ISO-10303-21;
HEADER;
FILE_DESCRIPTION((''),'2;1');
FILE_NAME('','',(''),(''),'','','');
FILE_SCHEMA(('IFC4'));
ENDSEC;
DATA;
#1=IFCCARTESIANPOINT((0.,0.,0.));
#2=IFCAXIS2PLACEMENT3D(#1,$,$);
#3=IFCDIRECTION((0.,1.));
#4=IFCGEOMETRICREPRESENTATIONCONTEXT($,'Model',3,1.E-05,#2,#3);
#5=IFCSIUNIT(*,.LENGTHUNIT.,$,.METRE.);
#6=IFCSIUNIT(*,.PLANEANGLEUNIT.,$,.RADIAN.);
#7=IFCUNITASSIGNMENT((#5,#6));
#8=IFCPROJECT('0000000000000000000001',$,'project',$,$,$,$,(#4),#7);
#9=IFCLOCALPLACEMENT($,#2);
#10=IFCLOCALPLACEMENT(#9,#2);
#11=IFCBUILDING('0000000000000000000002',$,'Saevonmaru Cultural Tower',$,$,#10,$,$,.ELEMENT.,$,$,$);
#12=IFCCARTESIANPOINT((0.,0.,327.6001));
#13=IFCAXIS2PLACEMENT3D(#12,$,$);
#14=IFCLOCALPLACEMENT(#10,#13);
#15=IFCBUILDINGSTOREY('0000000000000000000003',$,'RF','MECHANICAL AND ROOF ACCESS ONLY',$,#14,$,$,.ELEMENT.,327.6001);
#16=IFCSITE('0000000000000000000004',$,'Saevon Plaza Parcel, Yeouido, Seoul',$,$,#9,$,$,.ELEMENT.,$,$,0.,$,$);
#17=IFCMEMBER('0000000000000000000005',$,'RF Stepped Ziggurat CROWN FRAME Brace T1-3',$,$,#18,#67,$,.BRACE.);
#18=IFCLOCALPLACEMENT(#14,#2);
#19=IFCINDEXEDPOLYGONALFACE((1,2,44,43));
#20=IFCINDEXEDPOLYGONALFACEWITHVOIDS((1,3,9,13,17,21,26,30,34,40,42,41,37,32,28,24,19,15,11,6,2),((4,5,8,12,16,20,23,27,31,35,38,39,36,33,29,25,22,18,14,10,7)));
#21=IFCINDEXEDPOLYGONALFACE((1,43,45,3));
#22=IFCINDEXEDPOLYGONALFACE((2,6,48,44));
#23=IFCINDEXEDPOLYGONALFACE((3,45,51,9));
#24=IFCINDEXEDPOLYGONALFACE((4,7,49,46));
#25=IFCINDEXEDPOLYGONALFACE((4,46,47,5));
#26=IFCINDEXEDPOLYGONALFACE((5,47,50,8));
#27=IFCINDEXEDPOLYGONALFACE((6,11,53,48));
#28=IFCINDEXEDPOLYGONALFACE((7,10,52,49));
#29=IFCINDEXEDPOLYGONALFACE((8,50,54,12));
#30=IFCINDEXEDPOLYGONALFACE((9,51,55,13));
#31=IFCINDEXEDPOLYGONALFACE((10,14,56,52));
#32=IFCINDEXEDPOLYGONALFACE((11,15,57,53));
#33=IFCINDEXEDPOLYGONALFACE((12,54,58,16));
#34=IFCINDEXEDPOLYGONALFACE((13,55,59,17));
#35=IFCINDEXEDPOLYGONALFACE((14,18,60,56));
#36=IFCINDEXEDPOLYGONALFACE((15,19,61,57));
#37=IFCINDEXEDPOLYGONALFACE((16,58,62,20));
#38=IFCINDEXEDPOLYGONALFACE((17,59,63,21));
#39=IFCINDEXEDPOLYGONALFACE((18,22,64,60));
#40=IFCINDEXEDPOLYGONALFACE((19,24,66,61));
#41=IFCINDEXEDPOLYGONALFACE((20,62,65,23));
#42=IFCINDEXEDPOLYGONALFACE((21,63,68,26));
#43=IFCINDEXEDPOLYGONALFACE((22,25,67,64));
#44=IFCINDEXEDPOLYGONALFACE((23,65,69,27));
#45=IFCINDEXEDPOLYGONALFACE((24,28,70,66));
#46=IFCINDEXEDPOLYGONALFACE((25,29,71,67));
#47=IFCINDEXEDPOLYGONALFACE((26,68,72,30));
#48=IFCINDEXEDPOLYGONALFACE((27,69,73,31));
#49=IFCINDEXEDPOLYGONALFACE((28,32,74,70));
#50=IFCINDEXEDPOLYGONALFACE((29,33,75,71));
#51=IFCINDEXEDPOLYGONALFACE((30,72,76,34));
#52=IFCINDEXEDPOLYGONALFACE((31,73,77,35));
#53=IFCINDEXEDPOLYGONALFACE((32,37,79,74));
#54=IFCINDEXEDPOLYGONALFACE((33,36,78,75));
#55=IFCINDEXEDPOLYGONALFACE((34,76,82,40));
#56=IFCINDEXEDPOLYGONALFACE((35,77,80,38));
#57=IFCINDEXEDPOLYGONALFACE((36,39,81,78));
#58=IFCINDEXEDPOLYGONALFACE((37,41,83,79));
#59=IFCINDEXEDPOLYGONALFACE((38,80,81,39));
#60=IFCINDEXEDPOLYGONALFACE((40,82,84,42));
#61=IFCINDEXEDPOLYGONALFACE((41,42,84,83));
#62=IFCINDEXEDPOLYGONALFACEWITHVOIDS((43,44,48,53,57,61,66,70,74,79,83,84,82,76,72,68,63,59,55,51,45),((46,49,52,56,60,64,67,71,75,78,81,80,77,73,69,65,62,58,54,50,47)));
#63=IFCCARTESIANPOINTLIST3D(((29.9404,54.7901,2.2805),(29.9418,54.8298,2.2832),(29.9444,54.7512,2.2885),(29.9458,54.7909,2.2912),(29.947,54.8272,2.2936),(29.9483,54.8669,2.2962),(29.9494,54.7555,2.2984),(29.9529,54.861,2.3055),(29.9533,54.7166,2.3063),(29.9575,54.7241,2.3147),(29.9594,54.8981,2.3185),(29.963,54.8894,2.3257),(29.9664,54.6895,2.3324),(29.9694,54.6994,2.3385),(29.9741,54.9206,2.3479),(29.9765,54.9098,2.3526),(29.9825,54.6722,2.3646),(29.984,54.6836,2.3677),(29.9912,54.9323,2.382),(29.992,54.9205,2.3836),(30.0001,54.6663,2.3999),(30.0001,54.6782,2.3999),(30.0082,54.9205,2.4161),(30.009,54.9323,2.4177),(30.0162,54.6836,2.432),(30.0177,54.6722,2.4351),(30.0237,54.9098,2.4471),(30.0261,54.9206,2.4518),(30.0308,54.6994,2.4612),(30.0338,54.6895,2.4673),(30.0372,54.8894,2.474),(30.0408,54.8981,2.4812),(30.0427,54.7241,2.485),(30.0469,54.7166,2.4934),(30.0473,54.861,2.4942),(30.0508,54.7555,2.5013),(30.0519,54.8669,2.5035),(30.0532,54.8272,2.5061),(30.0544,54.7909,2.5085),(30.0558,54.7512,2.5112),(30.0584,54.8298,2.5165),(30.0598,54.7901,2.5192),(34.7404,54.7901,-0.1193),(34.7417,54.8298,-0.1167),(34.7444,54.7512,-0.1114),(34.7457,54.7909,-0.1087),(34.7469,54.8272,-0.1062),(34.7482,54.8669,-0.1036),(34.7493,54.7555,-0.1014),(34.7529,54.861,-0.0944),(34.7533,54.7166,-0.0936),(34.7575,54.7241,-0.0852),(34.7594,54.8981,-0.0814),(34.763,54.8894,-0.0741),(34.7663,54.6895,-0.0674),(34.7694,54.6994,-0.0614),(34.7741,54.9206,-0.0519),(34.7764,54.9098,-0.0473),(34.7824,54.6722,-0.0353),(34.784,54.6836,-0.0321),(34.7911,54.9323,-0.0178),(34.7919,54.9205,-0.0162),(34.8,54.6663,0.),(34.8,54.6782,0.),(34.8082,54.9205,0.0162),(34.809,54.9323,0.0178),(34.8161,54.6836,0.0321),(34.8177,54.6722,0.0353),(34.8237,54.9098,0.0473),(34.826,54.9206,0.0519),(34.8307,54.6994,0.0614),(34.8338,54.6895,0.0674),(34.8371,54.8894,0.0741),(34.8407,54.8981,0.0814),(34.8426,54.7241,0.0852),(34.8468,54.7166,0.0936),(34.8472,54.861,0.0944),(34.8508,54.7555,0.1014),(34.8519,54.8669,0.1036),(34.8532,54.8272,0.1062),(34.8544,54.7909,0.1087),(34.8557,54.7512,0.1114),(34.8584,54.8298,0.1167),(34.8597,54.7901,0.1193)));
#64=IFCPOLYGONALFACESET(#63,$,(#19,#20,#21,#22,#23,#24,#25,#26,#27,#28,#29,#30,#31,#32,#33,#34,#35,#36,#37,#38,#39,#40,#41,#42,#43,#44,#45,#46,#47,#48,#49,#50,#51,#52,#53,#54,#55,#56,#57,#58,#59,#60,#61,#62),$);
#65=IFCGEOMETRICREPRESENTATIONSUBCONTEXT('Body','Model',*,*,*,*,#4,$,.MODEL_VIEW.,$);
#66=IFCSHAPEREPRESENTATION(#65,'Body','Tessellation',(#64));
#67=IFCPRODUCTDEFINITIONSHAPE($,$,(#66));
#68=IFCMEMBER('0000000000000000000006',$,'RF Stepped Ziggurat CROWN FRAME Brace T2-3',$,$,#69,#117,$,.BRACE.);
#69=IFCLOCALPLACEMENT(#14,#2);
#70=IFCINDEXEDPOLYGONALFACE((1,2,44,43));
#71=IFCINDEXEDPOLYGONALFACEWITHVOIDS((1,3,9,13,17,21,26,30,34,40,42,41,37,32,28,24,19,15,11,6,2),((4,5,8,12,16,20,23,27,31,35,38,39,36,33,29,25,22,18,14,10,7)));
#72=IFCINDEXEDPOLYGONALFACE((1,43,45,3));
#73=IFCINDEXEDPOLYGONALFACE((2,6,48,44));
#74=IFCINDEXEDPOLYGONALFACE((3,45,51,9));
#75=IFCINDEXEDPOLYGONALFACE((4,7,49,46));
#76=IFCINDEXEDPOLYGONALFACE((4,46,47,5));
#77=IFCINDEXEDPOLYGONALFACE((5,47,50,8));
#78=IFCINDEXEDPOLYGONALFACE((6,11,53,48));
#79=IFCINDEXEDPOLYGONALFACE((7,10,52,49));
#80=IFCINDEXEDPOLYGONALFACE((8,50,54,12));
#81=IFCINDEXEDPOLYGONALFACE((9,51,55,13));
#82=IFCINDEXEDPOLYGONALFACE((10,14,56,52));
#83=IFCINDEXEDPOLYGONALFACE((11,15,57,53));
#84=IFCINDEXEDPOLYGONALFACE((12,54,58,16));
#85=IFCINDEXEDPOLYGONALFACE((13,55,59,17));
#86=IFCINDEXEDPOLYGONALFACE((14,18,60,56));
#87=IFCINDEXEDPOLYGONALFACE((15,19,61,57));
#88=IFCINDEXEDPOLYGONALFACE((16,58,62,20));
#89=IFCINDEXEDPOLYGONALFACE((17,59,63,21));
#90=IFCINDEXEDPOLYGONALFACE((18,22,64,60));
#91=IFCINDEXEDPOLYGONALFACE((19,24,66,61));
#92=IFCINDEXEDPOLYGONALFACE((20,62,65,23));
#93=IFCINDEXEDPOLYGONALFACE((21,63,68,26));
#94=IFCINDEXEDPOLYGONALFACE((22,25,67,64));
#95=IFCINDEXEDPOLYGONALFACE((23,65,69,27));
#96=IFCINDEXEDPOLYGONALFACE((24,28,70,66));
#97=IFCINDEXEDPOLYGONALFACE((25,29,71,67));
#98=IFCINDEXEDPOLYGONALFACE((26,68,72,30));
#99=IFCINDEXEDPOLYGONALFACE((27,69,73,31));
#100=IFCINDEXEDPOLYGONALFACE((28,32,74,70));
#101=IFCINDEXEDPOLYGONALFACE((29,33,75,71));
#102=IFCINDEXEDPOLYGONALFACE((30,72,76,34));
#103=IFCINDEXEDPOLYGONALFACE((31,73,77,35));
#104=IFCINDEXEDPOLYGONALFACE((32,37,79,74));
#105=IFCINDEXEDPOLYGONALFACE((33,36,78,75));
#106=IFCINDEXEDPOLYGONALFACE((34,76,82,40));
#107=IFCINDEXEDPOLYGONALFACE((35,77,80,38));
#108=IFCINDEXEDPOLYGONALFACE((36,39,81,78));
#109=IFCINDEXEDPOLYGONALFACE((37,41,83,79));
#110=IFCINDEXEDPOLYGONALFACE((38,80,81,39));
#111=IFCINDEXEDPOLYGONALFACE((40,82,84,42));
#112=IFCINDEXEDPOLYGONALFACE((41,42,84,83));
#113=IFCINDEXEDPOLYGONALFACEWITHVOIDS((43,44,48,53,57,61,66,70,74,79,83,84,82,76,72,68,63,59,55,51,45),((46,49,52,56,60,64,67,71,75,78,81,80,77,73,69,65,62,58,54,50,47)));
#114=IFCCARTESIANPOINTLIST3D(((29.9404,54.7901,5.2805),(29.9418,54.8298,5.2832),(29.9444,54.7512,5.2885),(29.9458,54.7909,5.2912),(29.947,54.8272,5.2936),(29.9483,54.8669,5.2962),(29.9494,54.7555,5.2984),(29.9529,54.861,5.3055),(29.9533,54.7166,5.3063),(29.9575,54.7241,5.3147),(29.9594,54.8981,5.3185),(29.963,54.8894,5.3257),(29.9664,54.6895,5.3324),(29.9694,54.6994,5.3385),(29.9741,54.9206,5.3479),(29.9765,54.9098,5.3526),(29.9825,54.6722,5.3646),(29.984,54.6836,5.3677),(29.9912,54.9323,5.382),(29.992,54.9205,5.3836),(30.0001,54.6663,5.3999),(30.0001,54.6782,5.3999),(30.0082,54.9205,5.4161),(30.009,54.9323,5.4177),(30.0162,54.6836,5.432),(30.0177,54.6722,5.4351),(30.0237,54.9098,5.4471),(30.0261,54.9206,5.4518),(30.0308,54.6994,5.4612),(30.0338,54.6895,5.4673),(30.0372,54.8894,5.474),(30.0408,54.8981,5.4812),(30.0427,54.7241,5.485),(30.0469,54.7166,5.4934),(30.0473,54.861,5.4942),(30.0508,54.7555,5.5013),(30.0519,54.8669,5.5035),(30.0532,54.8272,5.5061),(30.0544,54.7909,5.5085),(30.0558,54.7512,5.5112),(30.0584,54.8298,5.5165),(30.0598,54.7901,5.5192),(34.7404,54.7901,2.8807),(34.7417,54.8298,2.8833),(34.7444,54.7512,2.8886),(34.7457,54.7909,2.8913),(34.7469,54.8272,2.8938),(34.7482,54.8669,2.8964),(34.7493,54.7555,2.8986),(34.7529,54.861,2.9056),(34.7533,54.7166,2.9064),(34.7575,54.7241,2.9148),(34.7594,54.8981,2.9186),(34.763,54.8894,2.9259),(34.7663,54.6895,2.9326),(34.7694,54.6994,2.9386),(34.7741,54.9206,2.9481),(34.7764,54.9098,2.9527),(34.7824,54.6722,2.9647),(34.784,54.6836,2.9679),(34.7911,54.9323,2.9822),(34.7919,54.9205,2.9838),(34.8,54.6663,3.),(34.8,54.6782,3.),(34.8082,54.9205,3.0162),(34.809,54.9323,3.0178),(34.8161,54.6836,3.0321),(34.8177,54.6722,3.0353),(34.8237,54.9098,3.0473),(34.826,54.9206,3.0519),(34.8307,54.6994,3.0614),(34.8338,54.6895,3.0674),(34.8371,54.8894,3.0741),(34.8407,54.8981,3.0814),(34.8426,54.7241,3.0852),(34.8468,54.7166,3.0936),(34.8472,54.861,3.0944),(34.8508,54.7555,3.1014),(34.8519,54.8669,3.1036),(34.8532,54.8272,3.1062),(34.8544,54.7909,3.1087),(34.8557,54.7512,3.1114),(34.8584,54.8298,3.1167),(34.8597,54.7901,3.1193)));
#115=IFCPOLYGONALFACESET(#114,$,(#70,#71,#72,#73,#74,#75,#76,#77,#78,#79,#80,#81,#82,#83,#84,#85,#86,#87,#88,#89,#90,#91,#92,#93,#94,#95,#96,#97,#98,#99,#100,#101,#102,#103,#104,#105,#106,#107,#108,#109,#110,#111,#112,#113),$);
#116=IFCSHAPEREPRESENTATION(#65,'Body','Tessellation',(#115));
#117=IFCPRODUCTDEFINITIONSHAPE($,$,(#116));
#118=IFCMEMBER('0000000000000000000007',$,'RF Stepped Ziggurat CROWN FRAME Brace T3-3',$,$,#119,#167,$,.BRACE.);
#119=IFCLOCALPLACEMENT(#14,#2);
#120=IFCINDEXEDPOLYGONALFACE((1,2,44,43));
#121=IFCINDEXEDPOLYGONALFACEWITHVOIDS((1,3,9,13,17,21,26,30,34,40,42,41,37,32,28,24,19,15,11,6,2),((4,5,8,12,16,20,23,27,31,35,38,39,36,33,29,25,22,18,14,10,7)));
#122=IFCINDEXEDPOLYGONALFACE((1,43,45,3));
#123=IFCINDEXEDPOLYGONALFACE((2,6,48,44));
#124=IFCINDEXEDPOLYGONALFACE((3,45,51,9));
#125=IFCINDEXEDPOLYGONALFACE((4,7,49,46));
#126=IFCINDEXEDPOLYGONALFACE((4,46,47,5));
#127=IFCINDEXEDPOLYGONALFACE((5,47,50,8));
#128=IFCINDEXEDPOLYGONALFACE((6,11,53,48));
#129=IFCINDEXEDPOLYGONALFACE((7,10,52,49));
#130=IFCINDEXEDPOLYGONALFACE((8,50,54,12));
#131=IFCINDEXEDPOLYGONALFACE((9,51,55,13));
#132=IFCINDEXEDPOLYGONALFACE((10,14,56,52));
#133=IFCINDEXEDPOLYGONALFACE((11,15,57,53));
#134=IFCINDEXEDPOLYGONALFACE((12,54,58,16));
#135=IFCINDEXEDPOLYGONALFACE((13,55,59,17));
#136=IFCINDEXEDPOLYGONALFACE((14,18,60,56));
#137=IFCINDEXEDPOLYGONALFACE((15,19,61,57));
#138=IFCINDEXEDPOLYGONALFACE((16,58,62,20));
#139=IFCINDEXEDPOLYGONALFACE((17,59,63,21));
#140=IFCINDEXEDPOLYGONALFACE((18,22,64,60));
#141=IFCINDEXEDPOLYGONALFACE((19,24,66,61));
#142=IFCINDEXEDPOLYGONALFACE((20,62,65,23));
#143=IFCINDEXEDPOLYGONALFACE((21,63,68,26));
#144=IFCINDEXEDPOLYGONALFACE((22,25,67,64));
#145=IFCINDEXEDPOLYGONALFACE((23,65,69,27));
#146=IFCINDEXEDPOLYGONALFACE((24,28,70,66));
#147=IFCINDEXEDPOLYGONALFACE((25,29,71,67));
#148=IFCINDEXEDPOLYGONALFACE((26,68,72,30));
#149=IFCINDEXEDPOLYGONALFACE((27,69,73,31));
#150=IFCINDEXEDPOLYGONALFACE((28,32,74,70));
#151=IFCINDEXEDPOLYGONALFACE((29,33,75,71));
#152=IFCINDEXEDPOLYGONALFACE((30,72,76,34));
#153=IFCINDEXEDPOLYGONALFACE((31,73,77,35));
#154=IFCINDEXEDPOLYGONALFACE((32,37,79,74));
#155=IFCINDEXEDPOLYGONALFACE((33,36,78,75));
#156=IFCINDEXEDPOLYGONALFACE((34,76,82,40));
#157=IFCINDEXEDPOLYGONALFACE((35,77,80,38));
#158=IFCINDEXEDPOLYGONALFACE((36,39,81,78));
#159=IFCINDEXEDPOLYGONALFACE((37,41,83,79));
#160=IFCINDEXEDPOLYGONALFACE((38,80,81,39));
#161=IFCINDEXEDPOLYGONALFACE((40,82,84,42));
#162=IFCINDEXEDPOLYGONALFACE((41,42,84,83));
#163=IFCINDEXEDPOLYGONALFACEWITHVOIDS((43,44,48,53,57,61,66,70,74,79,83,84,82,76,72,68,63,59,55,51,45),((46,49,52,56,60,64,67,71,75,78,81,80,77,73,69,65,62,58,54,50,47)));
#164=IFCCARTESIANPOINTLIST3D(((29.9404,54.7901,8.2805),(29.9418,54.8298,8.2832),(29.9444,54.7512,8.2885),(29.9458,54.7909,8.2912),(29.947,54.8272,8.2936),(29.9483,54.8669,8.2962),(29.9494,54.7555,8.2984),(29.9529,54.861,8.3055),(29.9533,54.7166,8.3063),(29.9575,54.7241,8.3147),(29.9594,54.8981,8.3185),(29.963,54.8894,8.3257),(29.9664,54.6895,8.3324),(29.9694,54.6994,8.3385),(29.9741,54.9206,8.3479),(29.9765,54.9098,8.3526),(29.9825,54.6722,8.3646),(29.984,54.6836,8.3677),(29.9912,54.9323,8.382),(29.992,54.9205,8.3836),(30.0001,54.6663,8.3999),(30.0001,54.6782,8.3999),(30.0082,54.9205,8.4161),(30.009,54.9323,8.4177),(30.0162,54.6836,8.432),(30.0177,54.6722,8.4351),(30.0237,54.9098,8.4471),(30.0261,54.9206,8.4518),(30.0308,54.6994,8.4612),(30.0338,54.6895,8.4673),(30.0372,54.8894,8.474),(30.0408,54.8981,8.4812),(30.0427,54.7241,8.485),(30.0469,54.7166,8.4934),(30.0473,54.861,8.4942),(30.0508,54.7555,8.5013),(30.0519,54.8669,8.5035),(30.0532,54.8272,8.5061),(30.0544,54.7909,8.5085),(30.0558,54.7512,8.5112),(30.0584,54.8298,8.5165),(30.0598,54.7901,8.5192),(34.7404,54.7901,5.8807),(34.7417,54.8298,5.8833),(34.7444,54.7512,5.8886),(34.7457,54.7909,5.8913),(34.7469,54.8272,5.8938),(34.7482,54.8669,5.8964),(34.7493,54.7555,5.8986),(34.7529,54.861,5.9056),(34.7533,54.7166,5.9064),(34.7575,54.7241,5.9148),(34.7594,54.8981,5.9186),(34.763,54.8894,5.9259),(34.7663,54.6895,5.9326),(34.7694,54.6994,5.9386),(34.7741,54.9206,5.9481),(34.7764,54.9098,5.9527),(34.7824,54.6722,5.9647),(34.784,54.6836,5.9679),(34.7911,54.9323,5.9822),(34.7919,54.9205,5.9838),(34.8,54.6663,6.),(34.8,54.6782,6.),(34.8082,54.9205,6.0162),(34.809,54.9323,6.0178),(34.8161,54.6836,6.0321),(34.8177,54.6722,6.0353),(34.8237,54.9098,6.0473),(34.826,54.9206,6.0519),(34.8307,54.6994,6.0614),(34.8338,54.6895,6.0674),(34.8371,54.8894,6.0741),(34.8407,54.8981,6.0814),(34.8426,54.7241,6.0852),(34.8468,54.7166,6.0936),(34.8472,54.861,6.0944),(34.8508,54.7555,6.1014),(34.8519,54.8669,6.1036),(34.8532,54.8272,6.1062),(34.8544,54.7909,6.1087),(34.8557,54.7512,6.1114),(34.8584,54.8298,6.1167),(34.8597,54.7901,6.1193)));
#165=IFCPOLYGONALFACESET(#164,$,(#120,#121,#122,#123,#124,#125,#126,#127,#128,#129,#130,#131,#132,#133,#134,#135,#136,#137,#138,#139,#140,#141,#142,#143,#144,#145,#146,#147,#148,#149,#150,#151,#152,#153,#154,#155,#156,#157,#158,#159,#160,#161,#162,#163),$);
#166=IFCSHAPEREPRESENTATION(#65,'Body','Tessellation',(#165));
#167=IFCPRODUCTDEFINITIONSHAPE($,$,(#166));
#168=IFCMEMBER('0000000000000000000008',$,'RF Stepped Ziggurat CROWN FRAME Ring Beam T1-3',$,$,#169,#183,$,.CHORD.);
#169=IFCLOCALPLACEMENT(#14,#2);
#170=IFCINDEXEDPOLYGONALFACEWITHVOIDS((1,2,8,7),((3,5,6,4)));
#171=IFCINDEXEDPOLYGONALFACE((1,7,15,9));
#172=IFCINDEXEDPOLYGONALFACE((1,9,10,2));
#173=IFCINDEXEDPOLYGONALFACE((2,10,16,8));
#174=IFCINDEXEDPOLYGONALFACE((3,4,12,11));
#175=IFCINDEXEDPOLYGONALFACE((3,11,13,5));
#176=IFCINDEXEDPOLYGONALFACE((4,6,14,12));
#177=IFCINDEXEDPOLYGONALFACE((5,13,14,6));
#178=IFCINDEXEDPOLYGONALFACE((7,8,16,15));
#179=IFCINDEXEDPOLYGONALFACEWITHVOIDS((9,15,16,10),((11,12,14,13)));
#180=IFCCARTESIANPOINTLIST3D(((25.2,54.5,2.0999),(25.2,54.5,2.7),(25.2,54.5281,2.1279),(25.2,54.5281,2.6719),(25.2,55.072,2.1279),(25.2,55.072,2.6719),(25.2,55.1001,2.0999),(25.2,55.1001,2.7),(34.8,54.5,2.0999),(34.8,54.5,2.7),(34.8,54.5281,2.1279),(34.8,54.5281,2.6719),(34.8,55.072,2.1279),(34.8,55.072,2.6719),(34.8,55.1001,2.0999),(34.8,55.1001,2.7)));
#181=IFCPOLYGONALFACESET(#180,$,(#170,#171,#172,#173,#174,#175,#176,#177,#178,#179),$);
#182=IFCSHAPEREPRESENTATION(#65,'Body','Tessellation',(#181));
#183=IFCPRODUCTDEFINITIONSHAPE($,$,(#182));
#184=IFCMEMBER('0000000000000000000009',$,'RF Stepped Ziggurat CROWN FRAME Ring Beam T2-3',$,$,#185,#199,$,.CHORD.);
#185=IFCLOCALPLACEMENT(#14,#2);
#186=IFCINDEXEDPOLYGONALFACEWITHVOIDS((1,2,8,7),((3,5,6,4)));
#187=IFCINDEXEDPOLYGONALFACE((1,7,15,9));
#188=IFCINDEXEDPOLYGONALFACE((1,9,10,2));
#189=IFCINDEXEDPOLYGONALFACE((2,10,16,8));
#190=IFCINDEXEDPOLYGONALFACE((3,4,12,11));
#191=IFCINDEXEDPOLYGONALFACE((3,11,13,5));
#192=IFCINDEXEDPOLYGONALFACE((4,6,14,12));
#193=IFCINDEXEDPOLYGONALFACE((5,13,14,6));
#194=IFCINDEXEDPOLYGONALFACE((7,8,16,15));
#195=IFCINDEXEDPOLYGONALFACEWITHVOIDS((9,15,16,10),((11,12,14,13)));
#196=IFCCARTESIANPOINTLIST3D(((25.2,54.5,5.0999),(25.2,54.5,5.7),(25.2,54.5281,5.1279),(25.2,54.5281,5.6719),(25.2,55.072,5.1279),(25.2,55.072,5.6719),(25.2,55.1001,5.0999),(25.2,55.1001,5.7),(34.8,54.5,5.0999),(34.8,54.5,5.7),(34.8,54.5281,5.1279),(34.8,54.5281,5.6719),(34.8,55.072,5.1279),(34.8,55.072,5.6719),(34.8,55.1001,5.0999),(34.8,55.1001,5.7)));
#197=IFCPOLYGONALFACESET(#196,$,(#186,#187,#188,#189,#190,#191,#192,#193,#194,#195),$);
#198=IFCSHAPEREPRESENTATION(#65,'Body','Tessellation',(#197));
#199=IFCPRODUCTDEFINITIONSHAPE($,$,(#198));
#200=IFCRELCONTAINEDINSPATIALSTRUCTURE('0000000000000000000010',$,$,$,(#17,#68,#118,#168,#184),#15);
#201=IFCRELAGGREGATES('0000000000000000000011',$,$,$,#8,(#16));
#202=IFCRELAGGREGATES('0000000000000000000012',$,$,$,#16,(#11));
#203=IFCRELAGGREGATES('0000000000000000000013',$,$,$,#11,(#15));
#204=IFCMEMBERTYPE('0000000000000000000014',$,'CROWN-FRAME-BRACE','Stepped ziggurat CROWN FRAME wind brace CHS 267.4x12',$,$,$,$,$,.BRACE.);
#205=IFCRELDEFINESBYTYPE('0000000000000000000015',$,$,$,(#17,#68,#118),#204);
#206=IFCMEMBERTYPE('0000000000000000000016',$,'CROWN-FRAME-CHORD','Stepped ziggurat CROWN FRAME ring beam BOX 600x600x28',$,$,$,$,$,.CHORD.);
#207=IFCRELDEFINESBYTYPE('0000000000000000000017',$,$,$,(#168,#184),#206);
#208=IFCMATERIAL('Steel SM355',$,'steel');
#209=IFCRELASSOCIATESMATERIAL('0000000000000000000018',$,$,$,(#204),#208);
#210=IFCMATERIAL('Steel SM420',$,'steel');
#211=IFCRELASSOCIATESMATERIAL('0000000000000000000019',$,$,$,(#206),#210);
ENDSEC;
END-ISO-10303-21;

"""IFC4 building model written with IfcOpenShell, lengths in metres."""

from ifc_helpers import new_model, si_unit, direction, frame, origin, origin_2d, place, context, subcontext, project, spatial, hollow_rectangle, hollow_circle, extrude, material, material_profile, profile_set, type_object, element, save


model = new_model("IFC4")

# Units and contexts
model_context = context("Model", 3, precision=1e-05, world=origin(), true_north=direction((0.0, 1.0)))
body_context = subcontext(model_context, "Body", "Model", "MODEL_VIEW")
ifc_project = project(units=[si_unit("LENGTHUNIT", "METRE"), si_unit("PLANEANGLEUNIT", "RADIAN")], contexts=[model_context])

# Site, building, storey
site_placement = place(None, origin())
site = spatial("IfcSite", under=ifc_project, at=site_placement, Name="Saevon Plaza Parcel, Yeouido, Seoul", CompositionType="ELEMENT", RefElevation=0.0)
building_placement = place(site_placement, origin())
building = spatial("IfcBuilding", under=site, at=building_placement, Name="Saevonmaru Cultural Tower", CompositionType="ELEMENT")
storey_placement = place(building_placement, frame((0.0, 0.0, 327.6001)))
storey = spatial("IfcBuildingStorey", under=building, at=storey_placement, Name="RF", Description="MECHANICAL AND ROOF ACCESS ONLY", CompositionType="ELEMENT", Elevation=327.6001)

# Members
ifc_material_1 = material(Name="Steel SM355", Category="steel")
ifc_material_profile_1 = material_profile(ifc_material_1, hollow_circle(Radius=0.1338, WallThickness=0.012, at=origin_2d()), Name="CHS-267.4x12")
ifc_profile_set_1 = profile_set([ifc_material_profile_1], Name="Steel SM355")
member_type_1 = type_object("IfcMemberType", Name="CROWN-FRAME-BRACE", Description="Stepped ziggurat CROWN FRAME wind brace CHS 267.4x12", PredefinedType="BRACE", material=ifc_profile_set_1)
for number, where, z_axis, x_axis, name in (
    (1, (34.8, 54.8, 0.0), (-0.894436, 0.0, 0.447195), (0.0, -1.0, 0.0), "RF Stepped Ziggurat CROWN FRAME Brace T1-3"),
    (2, (34.8, 54.8, 3.0), (-0.894436, 0.0, 0.447195), (0.0, -1.0, 0.0), "RF Stepped Ziggurat CROWN FRAME Brace T2-3"),
    (3, (34.8, 54.8, 6.0), (-0.894436, 0.0, 0.447195), (0.0, -1.0, 0.0), "RF Stepped Ziggurat CROWN FRAME Brace T3-3"),
):
    element("IfcMember", number, at=place(storey_placement, frame(where, z_axis=z_axis, x_axis=x_axis)), inside=storey, type_object=member_type_1, Name=name, PredefinedType="BRACE", context=body_context, shape_type="SweptSolid", body=[
        extrude(hollow_circle(Radius=0.1338, WallThickness=0.012, at=origin_2d()), origin(), (0.0, 0.0, 1.0), 5.3665),
    ])
ifc_material_2 = material(Name="Steel SM420", Category="steel")
ifc_material_profile_2 = material_profile(ifc_material_2, hollow_rectangle(XDim=0.6001, YDim=0.6001, WallThickness=0.0281, at=origin_2d()), Name="BOX-600x600x28")
ifc_profile_set_2 = profile_set([ifc_material_profile_2], Name="Steel SM420")
member_type_2 = type_object("IfcMemberType", Name="CROWN-FRAME-CHORD", Description="Stepped ziggurat CROWN FRAME ring beam BOX 600x600x28", PredefinedType="CHORD", material=ifc_profile_set_2)
for number, where, z_axis, x_axis, name in (
    (4, (34.8, 54.8, 2.3999), (-1.0, 0.0, 0.0), (0.0, -1.0, 0.0), "RF Stepped Ziggurat CROWN FRAME Ring Beam T1-3"),
    (5, (34.8, 54.8, 5.3999), (-1.0, 0.0, 0.0), (0.0, -1.0, 0.0), "RF Stepped Ziggurat CROWN FRAME Ring Beam T2-3"),
):
    element("IfcMember", number, at=place(storey_placement, frame(where, z_axis=z_axis, x_axis=x_axis)), inside=storey, type_object=member_type_2, Name=name, PredefinedType="CHORD", context=body_context, shape_type="SweptSolid", body=[
        extrude(hollow_rectangle(XDim=0.6001, YDim=0.6001, WallThickness=0.0281, at=origin_2d()), origin(), (0.0, 0.0, 1.0), 9.6001),
    ])

save(model, "model.ifc")
